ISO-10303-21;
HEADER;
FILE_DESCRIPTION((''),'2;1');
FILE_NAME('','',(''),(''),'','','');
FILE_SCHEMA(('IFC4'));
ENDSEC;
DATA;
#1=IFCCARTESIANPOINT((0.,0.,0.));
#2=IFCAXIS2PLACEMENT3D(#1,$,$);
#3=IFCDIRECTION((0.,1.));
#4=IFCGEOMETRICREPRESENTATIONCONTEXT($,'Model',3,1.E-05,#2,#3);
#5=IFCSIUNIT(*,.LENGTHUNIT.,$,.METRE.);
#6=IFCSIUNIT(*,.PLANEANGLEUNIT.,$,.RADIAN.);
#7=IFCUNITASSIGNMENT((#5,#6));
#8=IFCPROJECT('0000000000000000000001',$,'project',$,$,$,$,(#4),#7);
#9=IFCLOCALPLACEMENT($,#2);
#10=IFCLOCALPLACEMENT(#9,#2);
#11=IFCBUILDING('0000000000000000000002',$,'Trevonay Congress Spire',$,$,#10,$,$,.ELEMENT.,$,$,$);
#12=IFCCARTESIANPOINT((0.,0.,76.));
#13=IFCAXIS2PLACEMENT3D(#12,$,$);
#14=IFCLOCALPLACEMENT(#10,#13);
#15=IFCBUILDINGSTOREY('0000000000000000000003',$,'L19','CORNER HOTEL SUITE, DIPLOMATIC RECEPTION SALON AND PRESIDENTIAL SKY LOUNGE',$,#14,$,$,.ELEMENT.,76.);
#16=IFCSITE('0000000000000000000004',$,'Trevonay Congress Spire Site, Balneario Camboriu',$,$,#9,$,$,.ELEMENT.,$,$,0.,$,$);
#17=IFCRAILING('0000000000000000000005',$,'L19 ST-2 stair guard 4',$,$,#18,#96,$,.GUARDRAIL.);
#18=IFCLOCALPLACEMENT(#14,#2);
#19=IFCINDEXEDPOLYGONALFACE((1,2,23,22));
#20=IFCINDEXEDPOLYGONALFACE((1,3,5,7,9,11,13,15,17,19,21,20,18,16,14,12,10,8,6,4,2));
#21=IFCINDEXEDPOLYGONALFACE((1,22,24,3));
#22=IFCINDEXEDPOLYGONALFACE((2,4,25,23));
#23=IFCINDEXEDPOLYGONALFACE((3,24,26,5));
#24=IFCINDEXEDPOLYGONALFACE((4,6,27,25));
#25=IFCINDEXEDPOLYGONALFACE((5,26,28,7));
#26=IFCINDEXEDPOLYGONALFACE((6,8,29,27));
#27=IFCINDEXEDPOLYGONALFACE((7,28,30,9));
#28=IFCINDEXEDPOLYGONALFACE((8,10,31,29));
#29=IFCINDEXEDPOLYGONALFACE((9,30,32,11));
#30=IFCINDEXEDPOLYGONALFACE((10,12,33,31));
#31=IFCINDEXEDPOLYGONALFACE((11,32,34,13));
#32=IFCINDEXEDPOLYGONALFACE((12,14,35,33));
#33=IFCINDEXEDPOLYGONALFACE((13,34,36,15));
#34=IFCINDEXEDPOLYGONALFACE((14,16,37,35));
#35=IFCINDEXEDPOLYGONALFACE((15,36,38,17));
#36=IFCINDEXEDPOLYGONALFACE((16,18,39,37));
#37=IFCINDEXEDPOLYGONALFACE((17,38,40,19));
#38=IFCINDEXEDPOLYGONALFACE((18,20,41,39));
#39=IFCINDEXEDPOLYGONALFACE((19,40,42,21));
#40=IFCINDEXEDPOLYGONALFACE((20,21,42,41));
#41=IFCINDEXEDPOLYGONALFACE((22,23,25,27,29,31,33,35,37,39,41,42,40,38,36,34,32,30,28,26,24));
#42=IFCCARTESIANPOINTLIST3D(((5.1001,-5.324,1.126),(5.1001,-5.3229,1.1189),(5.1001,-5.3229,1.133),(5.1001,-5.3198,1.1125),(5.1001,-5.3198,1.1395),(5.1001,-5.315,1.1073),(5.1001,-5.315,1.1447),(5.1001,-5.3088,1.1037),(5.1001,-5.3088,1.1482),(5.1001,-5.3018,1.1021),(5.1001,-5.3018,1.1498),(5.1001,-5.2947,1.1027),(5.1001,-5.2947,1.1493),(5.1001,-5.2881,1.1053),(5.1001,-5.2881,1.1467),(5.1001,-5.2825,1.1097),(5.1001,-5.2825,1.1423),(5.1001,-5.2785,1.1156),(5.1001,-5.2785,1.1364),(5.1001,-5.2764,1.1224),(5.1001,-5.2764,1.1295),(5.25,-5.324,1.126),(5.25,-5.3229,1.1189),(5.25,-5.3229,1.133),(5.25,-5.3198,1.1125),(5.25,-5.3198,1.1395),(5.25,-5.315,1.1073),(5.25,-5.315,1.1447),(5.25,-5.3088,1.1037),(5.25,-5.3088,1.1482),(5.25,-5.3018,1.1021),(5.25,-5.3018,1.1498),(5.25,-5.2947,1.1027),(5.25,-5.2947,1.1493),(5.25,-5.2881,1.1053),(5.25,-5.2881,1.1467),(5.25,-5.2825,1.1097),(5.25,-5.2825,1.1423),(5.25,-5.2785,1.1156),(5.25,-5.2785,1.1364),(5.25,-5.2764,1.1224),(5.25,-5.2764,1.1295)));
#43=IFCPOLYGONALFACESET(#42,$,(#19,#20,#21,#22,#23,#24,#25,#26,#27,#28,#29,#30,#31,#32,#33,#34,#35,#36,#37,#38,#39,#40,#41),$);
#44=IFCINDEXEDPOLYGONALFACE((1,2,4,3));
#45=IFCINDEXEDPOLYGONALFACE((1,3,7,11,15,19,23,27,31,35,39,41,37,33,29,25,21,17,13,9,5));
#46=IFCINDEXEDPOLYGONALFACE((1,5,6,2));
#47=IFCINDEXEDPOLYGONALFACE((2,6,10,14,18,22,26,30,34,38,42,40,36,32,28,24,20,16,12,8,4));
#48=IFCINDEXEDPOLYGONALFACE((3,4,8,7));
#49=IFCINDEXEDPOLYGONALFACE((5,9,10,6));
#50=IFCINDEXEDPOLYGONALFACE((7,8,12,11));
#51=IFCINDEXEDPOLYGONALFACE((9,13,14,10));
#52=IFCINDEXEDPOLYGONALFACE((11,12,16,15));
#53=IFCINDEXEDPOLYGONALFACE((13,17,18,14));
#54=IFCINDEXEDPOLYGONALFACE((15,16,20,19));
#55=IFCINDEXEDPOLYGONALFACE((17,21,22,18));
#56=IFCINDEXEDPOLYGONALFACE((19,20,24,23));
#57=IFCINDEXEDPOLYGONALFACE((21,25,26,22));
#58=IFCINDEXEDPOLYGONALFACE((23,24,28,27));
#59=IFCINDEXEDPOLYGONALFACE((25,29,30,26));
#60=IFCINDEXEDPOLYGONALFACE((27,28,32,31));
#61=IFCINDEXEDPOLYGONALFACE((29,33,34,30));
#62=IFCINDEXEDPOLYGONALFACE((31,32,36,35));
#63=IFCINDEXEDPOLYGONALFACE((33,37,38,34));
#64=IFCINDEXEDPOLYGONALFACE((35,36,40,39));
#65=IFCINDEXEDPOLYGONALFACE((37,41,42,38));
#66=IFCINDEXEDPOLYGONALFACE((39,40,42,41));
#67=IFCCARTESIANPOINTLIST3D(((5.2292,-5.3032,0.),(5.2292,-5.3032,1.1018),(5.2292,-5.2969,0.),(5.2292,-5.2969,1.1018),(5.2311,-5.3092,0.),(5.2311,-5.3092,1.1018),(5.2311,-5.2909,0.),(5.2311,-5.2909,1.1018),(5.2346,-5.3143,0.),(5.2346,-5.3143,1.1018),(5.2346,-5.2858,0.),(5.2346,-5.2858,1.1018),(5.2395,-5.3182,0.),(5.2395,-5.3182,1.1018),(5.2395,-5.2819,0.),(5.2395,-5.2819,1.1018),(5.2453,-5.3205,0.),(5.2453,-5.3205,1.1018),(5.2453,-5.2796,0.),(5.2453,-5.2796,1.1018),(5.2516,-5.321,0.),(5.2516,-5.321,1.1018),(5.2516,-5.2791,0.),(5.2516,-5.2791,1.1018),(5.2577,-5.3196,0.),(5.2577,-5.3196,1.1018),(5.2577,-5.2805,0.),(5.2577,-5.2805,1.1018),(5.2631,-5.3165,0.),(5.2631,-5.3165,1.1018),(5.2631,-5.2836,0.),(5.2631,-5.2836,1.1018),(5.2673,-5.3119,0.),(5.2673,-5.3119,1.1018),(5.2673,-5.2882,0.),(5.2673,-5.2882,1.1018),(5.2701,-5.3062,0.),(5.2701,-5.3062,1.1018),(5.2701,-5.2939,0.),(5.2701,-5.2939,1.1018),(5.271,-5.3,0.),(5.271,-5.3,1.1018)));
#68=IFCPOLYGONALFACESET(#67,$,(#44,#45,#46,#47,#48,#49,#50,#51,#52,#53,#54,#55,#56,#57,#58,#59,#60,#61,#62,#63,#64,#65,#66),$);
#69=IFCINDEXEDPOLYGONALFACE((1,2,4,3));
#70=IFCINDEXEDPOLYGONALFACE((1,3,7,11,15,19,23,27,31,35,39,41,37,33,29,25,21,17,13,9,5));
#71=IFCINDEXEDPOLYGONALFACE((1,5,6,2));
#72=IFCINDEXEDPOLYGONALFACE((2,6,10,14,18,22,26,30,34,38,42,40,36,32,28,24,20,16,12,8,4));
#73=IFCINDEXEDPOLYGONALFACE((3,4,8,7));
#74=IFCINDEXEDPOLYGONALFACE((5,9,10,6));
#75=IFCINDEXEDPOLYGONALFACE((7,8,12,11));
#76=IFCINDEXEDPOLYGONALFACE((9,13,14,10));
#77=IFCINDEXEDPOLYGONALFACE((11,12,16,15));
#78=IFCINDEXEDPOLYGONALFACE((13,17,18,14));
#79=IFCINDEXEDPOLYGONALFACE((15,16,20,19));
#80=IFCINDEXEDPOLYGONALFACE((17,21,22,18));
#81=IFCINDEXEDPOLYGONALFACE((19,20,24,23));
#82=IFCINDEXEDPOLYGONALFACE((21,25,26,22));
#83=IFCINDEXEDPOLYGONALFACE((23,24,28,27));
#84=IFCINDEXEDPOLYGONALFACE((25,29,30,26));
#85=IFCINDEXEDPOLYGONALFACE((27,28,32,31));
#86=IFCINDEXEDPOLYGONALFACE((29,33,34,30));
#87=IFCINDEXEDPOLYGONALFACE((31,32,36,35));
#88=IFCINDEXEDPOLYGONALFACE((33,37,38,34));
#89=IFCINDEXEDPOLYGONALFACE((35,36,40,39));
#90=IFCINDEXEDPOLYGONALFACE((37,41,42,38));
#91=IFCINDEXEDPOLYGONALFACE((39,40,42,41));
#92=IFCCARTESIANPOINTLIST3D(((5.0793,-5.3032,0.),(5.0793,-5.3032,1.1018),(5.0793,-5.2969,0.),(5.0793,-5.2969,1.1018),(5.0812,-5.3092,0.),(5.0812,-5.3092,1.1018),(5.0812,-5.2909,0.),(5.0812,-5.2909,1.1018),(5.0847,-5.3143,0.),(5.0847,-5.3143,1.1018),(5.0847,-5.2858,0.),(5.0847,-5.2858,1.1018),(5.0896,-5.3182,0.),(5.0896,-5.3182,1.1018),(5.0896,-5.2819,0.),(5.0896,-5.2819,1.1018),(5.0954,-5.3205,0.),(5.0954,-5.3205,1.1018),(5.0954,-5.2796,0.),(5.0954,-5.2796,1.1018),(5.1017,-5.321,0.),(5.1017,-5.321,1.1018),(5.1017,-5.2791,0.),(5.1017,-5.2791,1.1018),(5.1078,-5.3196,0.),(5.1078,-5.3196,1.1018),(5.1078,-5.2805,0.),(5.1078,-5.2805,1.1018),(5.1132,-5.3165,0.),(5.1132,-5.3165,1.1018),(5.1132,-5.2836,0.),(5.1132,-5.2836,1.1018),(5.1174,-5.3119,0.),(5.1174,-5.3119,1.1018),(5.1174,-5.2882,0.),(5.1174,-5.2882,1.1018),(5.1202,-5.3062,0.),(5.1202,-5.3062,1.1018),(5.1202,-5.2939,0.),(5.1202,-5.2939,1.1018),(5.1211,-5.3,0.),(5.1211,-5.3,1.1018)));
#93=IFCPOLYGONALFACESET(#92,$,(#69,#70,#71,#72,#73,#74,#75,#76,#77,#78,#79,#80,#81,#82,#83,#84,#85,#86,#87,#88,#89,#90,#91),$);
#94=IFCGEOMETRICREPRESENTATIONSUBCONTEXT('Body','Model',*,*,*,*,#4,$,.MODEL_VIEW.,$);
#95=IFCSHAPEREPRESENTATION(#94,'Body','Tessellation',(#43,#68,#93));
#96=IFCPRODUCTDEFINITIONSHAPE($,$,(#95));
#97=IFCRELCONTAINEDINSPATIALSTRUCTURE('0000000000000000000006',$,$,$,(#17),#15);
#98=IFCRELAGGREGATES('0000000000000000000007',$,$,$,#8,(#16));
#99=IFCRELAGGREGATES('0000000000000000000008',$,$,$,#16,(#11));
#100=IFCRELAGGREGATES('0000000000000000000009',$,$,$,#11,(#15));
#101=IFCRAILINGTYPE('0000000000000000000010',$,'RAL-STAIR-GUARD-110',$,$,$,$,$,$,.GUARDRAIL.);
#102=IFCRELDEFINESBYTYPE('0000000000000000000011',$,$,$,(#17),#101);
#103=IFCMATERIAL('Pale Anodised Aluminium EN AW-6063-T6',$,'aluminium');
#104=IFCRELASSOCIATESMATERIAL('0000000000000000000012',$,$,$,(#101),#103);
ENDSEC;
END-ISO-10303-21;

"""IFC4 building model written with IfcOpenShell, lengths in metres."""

from ifc_helpers import new_model, si_unit, direction, frame, origin, origin_2d, place, context, subcontext, project, spatial, circle, extrude, material, type_object, element, save


model = new_model("IFC4")

# Units and contexts
model_context = context("Model", 3, precision=1e-05, world=origin(), true_north=direction((0.0, 1.0)))
body_context = subcontext(model_context, "Body", "Model", "MODEL_VIEW")
ifc_project = project(units=[si_unit("LENGTHUNIT", "METRE"), si_unit("PLANEANGLEUNIT", "RADIAN")], contexts=[model_context])

# Site, building, storey
site_placement = place(None, origin())
site = spatial("IfcSite", under=ifc_project, at=site_placement, Name="Trevonay Congress Spire Site, Balneario Camboriu", CompositionType="ELEMENT", RefElevation=0.0)
building_placement = place(site_placement, origin())
building = spatial("IfcBuilding", under=site, at=building_placement, Name="Trevonay Congress Spire", CompositionType="ELEMENT")
storey_placement = place(building_placement, frame((0.0, 0.0, 76.0)))
storey = spatial("IfcBuildingStorey", under=building, at=storey_placement, Name="L19", Description="CORNER HOTEL SUITE, DIPLOMATIC RECEPTION SALON AND PRESIDENTIAL SKY LOUNGE", CompositionType="ELEMENT", Elevation=76.0)

# Shared definitions
ifc_material_1 = material(Name="Pale Anodised Aluminium EN AW-6063-T6", Category="aluminium")

# Railing
railing_type = type_object("IfcRailingType", Name="RAL-STAIR-GUARD-110", PredefinedType="GUARDRAIL", material=ifc_material_1)
railing_1_placement = place(storey_placement, frame((5.25, -5.3, 0.0)))
element("IfcRailing", 1, at=railing_1_placement, inside=storey, type_object=railing_type, Name="L19 ST-2 stair guard 4", PredefinedType="GUARDRAIL", context=body_context, shape_type="SweptSolid", body=[
    extrude(circle(Radius=0.0239, at=origin_2d()), frame((0.0, 0.0, 1.126), z_axis=(-1.0, 0.0, 0.0), x_axis=(0.0, -1.0, 0.0)), (0.0, 0.0, 1.0), 0.1499),
    extrude(circle(Radius=0.021, at=origin_2d()), origin(), (0.0, 0.0, 1.0), 1.1018),
    extrude(circle(Radius=0.021, at=origin_2d()), frame((-0.1499, 0.0, 0.0)), (0.0, 0.0, 1.0), 1.1018),
])

save(model, "model.ifc")
